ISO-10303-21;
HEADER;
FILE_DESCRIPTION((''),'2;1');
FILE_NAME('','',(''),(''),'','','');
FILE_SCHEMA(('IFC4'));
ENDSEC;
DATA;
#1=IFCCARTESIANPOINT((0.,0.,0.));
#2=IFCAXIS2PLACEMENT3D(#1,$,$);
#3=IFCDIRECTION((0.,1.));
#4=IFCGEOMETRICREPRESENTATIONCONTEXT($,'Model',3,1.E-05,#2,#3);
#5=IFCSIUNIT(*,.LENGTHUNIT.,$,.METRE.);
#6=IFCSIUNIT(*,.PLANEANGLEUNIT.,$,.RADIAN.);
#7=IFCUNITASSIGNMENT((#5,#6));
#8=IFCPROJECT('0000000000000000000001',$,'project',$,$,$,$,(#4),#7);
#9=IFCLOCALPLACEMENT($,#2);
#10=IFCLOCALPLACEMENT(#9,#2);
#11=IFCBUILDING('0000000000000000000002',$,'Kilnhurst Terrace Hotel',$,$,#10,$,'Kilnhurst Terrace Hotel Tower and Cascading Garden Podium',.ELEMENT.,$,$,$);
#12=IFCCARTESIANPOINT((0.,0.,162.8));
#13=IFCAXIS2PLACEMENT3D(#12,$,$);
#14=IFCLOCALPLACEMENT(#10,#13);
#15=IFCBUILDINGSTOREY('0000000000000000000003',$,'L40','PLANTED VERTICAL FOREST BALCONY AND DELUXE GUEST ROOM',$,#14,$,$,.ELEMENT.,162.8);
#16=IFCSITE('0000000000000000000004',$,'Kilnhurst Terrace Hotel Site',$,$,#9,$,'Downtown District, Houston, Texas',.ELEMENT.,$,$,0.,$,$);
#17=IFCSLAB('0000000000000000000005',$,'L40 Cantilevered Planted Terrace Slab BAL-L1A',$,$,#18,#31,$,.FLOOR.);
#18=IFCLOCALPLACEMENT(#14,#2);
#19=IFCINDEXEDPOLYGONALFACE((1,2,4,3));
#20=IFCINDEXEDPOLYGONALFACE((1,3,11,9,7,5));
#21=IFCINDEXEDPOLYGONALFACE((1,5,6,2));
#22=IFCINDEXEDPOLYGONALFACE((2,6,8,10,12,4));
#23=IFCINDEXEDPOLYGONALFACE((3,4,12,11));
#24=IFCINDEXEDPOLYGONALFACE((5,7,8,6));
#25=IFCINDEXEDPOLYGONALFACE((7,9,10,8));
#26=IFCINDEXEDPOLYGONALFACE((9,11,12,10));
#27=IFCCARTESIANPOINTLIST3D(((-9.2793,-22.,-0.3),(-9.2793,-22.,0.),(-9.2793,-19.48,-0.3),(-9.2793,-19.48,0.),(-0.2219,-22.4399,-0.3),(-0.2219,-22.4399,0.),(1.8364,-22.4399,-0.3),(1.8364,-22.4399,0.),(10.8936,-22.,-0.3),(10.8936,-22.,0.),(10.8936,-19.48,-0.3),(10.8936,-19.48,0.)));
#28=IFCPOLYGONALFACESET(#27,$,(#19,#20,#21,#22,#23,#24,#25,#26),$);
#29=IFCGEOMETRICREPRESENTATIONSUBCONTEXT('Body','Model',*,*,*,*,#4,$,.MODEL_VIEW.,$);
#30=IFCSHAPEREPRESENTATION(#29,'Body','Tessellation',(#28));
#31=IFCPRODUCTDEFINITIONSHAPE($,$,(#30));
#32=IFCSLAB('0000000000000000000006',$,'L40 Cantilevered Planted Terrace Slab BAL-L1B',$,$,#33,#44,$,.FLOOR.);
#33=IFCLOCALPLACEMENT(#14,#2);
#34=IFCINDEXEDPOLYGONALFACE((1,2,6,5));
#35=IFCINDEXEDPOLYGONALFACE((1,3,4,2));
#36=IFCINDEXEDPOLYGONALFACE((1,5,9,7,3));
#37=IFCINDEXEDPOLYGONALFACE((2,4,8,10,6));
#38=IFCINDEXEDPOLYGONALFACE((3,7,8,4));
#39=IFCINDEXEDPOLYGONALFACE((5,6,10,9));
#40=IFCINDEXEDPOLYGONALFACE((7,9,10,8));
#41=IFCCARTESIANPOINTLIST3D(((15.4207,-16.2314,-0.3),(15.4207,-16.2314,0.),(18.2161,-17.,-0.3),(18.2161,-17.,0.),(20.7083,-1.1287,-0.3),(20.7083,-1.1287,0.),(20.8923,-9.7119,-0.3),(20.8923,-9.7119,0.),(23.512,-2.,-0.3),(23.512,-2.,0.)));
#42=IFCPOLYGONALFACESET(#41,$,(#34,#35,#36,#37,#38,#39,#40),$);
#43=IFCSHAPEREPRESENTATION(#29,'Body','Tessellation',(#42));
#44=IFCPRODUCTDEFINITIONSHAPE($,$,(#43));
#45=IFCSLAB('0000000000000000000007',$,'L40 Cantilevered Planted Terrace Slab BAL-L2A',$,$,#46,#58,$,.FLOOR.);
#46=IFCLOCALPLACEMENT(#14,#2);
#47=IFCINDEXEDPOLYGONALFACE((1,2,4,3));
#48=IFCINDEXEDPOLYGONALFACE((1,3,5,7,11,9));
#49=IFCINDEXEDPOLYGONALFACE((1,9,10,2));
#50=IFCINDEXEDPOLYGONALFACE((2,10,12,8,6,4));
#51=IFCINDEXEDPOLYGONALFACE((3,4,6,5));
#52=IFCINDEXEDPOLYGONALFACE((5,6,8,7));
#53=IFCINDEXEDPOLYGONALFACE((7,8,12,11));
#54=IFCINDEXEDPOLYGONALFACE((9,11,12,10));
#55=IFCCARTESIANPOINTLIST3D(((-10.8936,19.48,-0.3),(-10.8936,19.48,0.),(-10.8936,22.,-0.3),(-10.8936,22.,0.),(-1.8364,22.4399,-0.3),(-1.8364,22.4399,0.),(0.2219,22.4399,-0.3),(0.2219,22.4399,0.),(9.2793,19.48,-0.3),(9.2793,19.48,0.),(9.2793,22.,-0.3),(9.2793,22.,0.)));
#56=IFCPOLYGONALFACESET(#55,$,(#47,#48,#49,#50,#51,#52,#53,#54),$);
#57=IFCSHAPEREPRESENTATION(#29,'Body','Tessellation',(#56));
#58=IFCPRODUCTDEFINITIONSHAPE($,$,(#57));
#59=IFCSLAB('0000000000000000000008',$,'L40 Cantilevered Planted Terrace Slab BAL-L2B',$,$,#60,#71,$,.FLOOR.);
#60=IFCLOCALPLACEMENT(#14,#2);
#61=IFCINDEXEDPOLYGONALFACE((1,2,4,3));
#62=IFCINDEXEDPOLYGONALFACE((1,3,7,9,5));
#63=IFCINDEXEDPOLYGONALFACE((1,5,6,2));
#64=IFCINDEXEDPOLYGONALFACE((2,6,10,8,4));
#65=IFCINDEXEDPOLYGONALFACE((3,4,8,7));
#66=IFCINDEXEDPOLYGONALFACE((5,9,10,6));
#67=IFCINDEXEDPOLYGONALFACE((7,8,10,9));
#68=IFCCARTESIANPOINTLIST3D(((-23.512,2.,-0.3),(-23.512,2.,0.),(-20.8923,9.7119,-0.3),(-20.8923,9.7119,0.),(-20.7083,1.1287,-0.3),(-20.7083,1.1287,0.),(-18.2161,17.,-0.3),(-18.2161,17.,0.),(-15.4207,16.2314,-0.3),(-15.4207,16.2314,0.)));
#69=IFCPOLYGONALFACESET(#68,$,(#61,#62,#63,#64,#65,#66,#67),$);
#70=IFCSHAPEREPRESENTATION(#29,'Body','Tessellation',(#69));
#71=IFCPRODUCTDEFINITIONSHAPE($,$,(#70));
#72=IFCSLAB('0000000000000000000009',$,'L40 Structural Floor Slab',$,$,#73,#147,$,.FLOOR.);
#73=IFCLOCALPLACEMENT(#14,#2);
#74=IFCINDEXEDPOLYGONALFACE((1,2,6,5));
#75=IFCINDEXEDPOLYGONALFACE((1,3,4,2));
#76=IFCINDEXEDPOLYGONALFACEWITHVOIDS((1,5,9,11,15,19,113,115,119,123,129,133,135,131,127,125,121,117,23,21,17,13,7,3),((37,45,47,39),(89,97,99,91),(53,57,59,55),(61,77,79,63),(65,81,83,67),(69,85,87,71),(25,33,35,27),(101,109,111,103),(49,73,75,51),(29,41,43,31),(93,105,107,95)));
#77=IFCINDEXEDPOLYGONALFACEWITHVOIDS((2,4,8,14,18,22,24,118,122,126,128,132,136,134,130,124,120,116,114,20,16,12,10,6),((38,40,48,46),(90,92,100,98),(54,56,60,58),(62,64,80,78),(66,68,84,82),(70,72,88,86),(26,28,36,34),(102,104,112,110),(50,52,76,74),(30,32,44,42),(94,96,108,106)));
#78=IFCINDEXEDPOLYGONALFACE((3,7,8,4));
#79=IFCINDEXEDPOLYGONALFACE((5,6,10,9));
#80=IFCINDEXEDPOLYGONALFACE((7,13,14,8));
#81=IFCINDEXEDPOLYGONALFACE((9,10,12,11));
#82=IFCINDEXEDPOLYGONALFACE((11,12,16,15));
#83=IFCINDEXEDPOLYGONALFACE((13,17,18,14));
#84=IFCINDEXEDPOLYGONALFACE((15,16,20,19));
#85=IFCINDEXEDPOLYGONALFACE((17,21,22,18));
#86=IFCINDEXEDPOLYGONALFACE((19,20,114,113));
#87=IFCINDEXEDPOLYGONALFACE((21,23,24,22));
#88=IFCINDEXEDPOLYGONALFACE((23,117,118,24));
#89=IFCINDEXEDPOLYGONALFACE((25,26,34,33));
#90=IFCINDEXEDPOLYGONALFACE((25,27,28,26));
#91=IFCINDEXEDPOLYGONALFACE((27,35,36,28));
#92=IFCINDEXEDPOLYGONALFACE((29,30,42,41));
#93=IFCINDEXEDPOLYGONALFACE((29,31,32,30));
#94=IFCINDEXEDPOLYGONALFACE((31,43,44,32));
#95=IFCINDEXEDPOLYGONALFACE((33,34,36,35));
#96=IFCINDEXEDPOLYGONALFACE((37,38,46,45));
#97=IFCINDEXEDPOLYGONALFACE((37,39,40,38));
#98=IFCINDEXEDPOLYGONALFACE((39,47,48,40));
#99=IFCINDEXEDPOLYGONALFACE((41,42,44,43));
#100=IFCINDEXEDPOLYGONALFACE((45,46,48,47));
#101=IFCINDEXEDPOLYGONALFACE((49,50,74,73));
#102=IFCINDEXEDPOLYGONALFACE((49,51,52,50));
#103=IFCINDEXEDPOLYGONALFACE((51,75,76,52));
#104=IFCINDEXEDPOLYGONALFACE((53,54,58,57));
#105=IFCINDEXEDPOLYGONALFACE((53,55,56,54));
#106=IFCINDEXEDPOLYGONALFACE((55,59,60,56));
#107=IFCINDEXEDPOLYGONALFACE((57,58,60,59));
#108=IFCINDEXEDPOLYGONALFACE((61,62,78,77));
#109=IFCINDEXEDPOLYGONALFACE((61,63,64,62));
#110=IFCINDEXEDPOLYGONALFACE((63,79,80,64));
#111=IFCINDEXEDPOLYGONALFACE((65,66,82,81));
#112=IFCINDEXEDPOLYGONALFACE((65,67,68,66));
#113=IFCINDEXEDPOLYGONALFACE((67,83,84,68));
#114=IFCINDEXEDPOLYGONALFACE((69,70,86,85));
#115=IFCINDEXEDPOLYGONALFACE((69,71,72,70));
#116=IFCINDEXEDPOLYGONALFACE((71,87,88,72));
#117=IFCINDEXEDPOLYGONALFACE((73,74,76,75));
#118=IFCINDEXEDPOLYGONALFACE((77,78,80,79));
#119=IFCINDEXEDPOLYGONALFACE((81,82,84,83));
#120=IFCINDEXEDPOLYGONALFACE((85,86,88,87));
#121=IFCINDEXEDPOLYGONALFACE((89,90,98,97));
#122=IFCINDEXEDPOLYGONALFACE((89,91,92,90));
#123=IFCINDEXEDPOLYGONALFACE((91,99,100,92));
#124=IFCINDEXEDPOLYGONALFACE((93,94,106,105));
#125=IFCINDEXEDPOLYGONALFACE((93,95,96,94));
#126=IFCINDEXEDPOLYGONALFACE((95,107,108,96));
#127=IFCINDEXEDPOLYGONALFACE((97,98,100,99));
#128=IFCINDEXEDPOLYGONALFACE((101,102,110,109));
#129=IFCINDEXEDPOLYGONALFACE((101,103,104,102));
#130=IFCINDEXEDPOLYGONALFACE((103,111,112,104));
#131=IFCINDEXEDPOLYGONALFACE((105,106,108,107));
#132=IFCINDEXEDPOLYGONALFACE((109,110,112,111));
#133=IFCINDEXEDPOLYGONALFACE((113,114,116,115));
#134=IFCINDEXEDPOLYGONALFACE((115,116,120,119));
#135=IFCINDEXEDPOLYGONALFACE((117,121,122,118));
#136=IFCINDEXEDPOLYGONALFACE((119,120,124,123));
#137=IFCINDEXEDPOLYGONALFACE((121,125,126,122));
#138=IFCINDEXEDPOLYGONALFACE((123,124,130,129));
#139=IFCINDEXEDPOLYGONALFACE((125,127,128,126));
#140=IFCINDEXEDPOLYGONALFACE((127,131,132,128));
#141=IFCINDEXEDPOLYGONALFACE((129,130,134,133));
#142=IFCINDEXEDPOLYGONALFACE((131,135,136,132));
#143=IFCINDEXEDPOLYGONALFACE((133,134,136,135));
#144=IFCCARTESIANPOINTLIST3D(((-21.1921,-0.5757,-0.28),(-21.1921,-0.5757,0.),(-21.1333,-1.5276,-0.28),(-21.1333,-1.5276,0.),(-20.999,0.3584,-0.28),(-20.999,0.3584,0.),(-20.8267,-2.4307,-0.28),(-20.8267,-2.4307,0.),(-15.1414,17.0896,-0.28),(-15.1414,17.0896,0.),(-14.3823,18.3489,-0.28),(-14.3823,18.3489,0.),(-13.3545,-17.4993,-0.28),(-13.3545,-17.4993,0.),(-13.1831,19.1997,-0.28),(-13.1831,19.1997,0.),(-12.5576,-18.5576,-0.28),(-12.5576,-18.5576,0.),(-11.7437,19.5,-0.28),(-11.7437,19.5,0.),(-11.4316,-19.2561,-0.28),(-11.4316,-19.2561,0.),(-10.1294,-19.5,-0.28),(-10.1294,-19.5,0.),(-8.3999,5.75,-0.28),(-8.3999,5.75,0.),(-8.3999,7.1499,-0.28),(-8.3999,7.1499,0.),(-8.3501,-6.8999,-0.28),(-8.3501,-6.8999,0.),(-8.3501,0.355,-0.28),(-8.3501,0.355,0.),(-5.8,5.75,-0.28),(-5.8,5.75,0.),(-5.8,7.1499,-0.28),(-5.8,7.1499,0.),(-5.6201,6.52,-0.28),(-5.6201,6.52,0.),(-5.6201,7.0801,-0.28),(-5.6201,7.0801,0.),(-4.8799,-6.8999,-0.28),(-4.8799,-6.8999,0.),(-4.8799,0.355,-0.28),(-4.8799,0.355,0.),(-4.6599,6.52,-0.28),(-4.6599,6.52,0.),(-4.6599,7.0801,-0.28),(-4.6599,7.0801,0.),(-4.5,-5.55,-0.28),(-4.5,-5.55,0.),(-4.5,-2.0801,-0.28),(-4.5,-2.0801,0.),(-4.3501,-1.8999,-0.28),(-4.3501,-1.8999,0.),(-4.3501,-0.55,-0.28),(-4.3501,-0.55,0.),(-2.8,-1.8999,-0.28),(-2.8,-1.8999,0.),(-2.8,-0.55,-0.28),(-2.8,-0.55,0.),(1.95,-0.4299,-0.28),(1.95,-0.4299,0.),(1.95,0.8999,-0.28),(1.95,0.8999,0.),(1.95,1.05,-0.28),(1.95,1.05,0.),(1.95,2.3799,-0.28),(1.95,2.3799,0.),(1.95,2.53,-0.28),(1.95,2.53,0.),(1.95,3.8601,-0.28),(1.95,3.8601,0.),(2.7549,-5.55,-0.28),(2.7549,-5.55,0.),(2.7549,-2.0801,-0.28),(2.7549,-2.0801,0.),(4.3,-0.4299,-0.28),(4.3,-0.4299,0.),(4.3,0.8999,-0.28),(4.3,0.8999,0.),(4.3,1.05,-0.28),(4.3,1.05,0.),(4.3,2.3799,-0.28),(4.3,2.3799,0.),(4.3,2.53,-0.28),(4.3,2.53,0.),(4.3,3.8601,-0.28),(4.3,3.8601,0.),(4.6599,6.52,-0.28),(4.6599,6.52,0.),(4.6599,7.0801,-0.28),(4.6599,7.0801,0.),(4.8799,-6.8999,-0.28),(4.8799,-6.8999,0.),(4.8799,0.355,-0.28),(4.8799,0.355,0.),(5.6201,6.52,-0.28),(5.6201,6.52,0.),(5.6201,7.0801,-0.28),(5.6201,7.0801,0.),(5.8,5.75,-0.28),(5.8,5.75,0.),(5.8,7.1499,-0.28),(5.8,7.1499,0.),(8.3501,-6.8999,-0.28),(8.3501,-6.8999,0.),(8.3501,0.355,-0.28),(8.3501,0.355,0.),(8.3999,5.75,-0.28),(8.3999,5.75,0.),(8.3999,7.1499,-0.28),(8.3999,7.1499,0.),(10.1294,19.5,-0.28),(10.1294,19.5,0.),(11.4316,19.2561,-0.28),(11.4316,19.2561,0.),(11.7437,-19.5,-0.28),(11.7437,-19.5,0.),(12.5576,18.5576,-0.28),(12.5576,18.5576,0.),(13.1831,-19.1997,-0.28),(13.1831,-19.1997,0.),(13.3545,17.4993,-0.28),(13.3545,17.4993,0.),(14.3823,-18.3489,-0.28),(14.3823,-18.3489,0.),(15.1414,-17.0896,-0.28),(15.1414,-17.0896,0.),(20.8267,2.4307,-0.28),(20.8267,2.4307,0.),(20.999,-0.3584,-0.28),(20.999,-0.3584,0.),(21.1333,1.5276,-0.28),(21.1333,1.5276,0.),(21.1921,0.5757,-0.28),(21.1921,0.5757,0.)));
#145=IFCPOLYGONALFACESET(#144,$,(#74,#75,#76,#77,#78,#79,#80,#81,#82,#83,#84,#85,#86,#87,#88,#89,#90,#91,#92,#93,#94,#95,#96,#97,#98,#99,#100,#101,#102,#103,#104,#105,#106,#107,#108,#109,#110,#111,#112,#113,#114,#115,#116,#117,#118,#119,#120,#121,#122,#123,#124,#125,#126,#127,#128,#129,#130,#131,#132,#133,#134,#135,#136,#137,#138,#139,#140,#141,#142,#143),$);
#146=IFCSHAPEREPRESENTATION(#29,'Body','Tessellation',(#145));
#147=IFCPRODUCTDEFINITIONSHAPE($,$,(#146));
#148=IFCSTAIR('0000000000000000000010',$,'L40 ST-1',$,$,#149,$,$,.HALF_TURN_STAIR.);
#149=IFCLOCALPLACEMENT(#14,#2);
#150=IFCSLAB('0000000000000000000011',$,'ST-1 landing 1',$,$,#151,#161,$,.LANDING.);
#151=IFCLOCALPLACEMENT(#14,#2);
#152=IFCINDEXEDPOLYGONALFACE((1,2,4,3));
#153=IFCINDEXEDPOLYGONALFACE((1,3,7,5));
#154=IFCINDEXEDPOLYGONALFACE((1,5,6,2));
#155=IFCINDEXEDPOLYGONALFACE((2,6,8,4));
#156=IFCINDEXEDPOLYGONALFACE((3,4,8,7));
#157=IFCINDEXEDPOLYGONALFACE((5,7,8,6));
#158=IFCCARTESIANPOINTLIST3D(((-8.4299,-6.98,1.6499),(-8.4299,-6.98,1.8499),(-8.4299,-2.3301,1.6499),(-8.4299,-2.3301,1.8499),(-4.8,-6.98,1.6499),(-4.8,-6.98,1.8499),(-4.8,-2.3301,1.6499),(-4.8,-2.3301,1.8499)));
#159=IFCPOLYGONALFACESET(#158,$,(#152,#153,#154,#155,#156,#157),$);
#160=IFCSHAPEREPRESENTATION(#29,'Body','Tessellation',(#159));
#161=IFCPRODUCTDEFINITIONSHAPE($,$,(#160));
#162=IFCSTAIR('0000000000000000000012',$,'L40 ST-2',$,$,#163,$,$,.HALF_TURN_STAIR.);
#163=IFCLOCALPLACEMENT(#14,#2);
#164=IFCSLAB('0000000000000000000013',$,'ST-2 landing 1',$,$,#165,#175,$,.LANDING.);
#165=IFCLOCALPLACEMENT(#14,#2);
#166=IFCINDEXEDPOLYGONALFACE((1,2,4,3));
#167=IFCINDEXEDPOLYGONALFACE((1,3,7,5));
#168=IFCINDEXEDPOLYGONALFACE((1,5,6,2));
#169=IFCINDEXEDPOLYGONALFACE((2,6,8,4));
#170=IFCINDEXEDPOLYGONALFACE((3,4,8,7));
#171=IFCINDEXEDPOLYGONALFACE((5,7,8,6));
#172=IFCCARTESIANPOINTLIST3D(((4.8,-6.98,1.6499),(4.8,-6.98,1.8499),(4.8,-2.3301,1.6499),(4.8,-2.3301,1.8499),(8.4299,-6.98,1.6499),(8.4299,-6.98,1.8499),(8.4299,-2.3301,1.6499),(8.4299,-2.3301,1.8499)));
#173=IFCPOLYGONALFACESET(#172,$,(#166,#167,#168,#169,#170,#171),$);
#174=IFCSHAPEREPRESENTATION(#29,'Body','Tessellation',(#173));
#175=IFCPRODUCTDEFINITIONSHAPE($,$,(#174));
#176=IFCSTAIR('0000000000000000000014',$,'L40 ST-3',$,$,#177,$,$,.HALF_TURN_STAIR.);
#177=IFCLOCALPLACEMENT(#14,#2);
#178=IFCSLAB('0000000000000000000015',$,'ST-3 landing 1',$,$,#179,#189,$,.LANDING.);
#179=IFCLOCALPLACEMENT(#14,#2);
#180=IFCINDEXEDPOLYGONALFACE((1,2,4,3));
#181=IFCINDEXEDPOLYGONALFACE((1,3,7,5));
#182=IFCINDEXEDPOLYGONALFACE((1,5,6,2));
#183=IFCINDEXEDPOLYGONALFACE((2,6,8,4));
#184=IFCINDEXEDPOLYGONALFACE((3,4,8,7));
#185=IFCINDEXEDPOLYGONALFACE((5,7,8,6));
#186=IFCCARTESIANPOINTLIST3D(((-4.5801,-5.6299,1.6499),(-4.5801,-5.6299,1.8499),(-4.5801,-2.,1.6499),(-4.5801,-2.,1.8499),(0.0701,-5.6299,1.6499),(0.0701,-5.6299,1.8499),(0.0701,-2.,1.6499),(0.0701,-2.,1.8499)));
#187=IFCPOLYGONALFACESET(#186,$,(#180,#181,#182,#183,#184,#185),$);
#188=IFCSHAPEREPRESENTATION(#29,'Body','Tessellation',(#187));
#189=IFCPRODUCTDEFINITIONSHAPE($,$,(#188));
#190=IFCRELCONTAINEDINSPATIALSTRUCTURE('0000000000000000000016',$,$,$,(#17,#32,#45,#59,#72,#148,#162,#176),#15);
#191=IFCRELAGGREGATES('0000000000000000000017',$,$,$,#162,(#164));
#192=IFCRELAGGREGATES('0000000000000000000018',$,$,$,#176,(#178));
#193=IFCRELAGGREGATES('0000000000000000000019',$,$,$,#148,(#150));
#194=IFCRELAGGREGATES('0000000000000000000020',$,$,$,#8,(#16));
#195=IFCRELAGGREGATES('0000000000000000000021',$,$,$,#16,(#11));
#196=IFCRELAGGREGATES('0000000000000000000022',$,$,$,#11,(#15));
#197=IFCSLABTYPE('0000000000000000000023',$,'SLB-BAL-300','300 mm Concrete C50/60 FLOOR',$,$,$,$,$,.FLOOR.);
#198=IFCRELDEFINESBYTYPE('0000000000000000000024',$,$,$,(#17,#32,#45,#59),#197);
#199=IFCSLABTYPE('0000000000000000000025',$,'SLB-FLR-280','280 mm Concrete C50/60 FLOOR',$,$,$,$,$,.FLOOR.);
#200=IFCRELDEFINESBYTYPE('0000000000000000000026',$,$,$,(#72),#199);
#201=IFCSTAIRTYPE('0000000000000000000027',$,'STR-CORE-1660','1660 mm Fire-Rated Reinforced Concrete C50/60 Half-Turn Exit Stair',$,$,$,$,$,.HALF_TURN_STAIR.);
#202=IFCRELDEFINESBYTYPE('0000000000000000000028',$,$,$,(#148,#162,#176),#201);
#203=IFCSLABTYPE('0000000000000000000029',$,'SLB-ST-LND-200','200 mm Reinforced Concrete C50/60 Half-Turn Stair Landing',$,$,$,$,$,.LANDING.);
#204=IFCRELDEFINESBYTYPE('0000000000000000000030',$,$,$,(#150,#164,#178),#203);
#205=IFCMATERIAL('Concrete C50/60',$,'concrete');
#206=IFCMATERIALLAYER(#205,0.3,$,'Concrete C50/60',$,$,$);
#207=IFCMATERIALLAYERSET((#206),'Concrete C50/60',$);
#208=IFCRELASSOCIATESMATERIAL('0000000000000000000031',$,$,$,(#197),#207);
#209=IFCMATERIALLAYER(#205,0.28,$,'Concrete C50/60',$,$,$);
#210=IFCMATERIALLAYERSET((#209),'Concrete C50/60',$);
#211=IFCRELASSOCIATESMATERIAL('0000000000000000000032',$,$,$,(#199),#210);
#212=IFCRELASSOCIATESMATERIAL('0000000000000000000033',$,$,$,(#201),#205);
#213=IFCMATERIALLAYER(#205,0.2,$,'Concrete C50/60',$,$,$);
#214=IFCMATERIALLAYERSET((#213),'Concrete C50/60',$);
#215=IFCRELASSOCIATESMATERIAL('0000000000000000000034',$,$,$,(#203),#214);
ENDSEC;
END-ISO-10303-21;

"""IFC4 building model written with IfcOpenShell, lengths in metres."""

from ifc_helpers import new_model, si_unit, direction, frame, origin, place, context, subcontext, project, spatial, polyline, outline, extrude, material, layer, layer_set, type_object, element, aggregate, save


model = new_model("IFC4")

# Units and contexts
model_context = context("Model", 3, precision=1e-05, world=origin(), true_north=direction((0.0, 1.0)))
body_context = subcontext(model_context, "Body", "Model", "MODEL_VIEW")
ifc_project = project(units=[si_unit("LENGTHUNIT", "METRE"), si_unit("PLANEANGLEUNIT", "RADIAN")], contexts=[model_context])

# Site, building, storey
site_placement = place(None, origin())
site = spatial("IfcSite", under=ifc_project, at=site_placement, Name="Kilnhurst Terrace Hotel Site", LongName="Downtown District, Houston, Texas", CompositionType="ELEMENT", RefElevation=0.0)
building_placement = place(site_placement, origin())
building = spatial("IfcBuilding", under=site, at=building_placement, Name="Kilnhurst Terrace Hotel", LongName="Kilnhurst Terrace Hotel Tower and Cascading Garden Podium", CompositionType="ELEMENT")
storey_placement = place(building_placement, frame((0.0, 0.0, 162.8)))
storey = spatial("IfcBuildingStorey", under=building, at=storey_placement, Name="L40", Description="PLANTED VERTICAL FOREST BALCONY AND DELUXE GUEST ROOM", CompositionType="ELEMENT", Elevation=162.8)

# Slabs
ifc_material_1 = material(Name="Concrete C50/60", Category="concrete")
ifc_layer_1 = layer(ifc_material_1, 0.3, Name="Concrete C50/60")
ifc_layer_set_1 = layer_set([ifc_layer_1], Name="Concrete C50/60")
slab_type_1 = type_object("IfcSlabType", Name="SLB-BAL-300", Description="300 mm Concrete C50/60 FLOOR", PredefinedType="FLOOR", material=ifc_layer_set_1)
slab_1_placement = place(storey_placement, frame((0.0, 0.0, -0.3)))
element("IfcSlab", 1, at=slab_1_placement, inside=storey, type_object=slab_type_1, Name="L40 Cantilevered Planted Terrace Slab BAL-L1A", PredefinedType="FLOOR", context=body_context, shape_type="SweptSolid", body=[
    extrude(outline(polyline([(1.8364, -22.4399), (-0.2219, -22.4399), (-9.2793, -22.0), (-9.2793, -19.48), (10.8936, -19.48), (10.8936, -22.0), (1.8364, -22.4399)])), origin(), (0.0, 0.0, 1.0), 0.3),
])
slab_2_placement = place(storey_placement, frame((0.0, 0.0, -0.3)))
element("IfcSlab", 2, at=slab_2_placement, inside=storey, type_object=slab_type_1, Name="L40 Cantilevered Planted Terrace Slab BAL-L1B", PredefinedType="FLOOR", context=body_context, shape_type="SweptSolid", body=[
    extrude(outline(polyline([(18.2161, -17.0), (15.4207, -16.2314), (20.7083, -1.1287), (23.512, -2.0), (20.8923, -9.7119), (18.2161, -17.0)])), origin(), (0.0, 0.0, 1.0), 0.3),
])
slab_3_placement = place(storey_placement, frame((0.0, 0.0, -0.3)))
element("IfcSlab", 3, at=slab_3_placement, inside=storey, type_object=slab_type_1, Name="L40 Cantilevered Planted Terrace Slab BAL-L2A", PredefinedType="FLOOR", context=body_context, shape_type="SweptSolid", body=[
    extrude(outline(polyline([(0.2219, 22.4399), (9.2793, 22.0), (9.2793, 19.48), (-10.8936, 19.48), (-10.8936, 22.0), (-1.8364, 22.4399), (0.2219, 22.4399)])), origin(), (0.0, 0.0, 1.0), 0.3),
])
slab_4_placement = place(storey_placement, frame((0.0, 0.0, -0.3)))
element("IfcSlab", 4, at=slab_4_placement, inside=storey, type_object=slab_type_1, Name="L40 Cantilevered Planted Terrace Slab BAL-L2B", PredefinedType="FLOOR", context=body_context, shape_type="SweptSolid", body=[
    extrude(outline(polyline([(-18.2161, 17.0), (-15.4207, 16.2314), (-20.7083, 1.1287), (-23.512, 2.0), (-20.8923, 9.7119), (-18.2161, 17.0)])), origin(), (0.0, 0.0, 1.0), 0.3),
])
ifc_layer_2 = layer(ifc_material_1, 0.28, Name="Concrete C50/60")
ifc_layer_set_2 = layer_set([ifc_layer_2], Name="Concrete C50/60")
slab_type_2 = type_object("IfcSlabType", Name="SLB-FLR-280", Description="280 mm Concrete C50/60 FLOOR", PredefinedType="FLOOR", material=ifc_layer_set_2)
slab_5_placement = place(storey_placement, frame((0.0, 0.0, -0.28)))
element("IfcSlab", 5, at=slab_5_placement, inside=storey, type_object=slab_type_2, Name="L40 Structural Floor Slab", PredefinedType="FLOOR", context=body_context, shape_type="SweptSolid", body=[
    extrude(outline(polyline([(-13.3545, -17.4993), (-12.5576, -18.5576), (-11.4316, -19.2561), (-10.1294, -19.5), (11.7437, -19.5), (13.1831, -19.1997), (14.3823, -18.3489), (15.1414, -17.0896), (20.999, -0.3584), (21.1921, 0.5757), (21.1333, 1.5276), (20.8267, 2.4307), (13.3545, 17.4993), (12.5576, 18.5576), (11.4316, 19.2561), (10.1294, 19.5), (-11.7437, 19.5), (-13.1831, 19.1997), (-14.3823, 18.3489), (-15.1414, 17.0896), (-20.999, 0.3584), (-21.1921, -0.5757), (-21.1333, -1.5276), (-20.8267, -2.4307), (-13.3545, -17.4993)]), holes=[polyline([(2.7549, -2.0801), (2.7549, -5.55), (-4.5, -5.55), (-4.5, -2.0801), (2.7549, -2.0801)]), polyline([(-8.3501, 0.355), (-4.8799, 0.355), (-4.8799, -6.8999), (-8.3501, -6.8999), (-8.3501, 0.355)]), polyline([(-2.8, -1.8999), (-4.3501, -1.8999), (-4.3501, -0.55), (-2.8, -0.55), (-2.8, -1.8999)]), polyline([(1.95, -0.4299), (1.95, 0.8999), (4.3, 0.8999), (4.3, -0.4299), (1.95, -0.4299)]), polyline([(-8.3999, 5.75), (-8.3999, 7.1499), (-5.8, 7.1499), (-5.8, 5.75), (-8.3999, 5.75)]), polyline([(-4.6599, 6.52), (-5.6201, 6.52), (-5.6201, 7.0801), (-4.6599, 7.0801), (-4.6599, 6.52)]), polyline([(8.3501, 0.355), (8.3501, -6.8999), (4.8799, -6.8999), (4.8799, 0.355), (8.3501, 0.355)]), polyline([(1.95, 1.05), (1.95, 2.3799), (4.3, 2.3799), (4.3, 1.05), (1.95, 1.05)]), polyline([(4.3, 2.53), (1.95, 2.53), (1.95, 3.8601), (4.3, 3.8601), (4.3, 2.53)]), polyline([(5.8, 5.75), (5.8, 7.1499), (8.3999, 7.1499), (8.3999, 5.75), (5.8, 5.75)]), polyline([(4.6599, 6.52), (4.6599, 7.0801), (5.6201, 7.0801), (5.6201, 6.52), (4.6599, 6.52)])]), origin(), (0.0, 0.0, 1.0), 0.28),
])

# Stairs, slabs
stair_type = type_object("IfcStairType", Name="STR-CORE-1660", Description="1660 mm Fire-Rated Reinforced Concrete C50/60 Half-Turn Exit Stair", PredefinedType="HALF_TURN_STAIR", material=ifc_material_1)
stair_1_placement = place(storey_placement, origin())
stair_1 = element("IfcStair", 6, at=stair_1_placement, inside=storey, type_object=stair_type, Name="L40 ST-1", PredefinedType="HALF_TURN_STAIR")
ifc_layer_3 = layer(ifc_material_1, 0.2, Name="Concrete C50/60")
ifc_layer_set_3 = layer_set([ifc_layer_3], Name="Concrete C50/60")
slab_type_3 = type_object("IfcSlabType", Name="SLB-ST-LND-200", Description="200 mm Reinforced Concrete C50/60 Half-Turn Stair Landing", PredefinedType="LANDING", material=ifc_layer_set_3)
slab_6_placement = place(storey_placement, frame((0.0, 0.0, 1.6499)))
slab_6 = element("IfcSlab", 7, at=slab_6_placement, type_object=slab_type_3, Name="ST-1 landing 1", PredefinedType="LANDING", context=body_context, shape_type="SweptSolid", body=[
    extrude(outline(polyline([(-8.4299, -2.3301), (-4.8, -2.3301), (-4.8, -6.98), (-8.4299, -6.98), (-8.4299, -2.3301)])), origin(), (0.0, 0.0, 1.0), 0.2),
])
stair_2_placement = place(storey_placement, origin())
stair_2 = element("IfcStair", 8, at=stair_2_placement, inside=storey, type_object=stair_type, Name="L40 ST-2", PredefinedType="HALF_TURN_STAIR")
slab_7_placement = place(storey_placement, frame((0.0, 0.0, 1.6499)))
slab_7 = element("IfcSlab", 9, at=slab_7_placement, type_object=slab_type_3, Name="ST-2 landing 1", PredefinedType="LANDING", context=body_context, shape_type="SweptSolid", body=[
    extrude(outline(polyline([(4.8, -2.3301), (8.4299, -2.3301), (8.4299, -6.98), (4.8, -6.98), (4.8, -2.3301)])), origin(), (0.0, 0.0, 1.0), 0.2),
])
aggregate(stair_2, [slab_7])
stair_3_placement = place(storey_placement, origin())
stair_3 = element("IfcStair", 10, at=stair_3_placement, inside=storey, type_object=stair_type, Name="L40 ST-3", PredefinedType="HALF_TURN_STAIR")
slab_8_placement = place(storey_placement, frame((0.0, 0.0, 1.6499)))
slab_8 = element("IfcSlab", 11, at=slab_8_placement, type_object=slab_type_3, Name="ST-3 landing 1", PredefinedType="LANDING", context=body_context, shape_type="SweptSolid", body=[
    extrude(outline(polyline([(0.0701, -2.0), (0.0701, -5.6299), (-4.5801, -5.6299), (-4.5801, -2.0), (0.0701, -2.0)])), origin(), (0.0, 0.0, 1.0), 0.2),
])
aggregate(stair_3, [slab_8])

aggregate(stair_1, [slab_6])

save(model, "model.ifc")
